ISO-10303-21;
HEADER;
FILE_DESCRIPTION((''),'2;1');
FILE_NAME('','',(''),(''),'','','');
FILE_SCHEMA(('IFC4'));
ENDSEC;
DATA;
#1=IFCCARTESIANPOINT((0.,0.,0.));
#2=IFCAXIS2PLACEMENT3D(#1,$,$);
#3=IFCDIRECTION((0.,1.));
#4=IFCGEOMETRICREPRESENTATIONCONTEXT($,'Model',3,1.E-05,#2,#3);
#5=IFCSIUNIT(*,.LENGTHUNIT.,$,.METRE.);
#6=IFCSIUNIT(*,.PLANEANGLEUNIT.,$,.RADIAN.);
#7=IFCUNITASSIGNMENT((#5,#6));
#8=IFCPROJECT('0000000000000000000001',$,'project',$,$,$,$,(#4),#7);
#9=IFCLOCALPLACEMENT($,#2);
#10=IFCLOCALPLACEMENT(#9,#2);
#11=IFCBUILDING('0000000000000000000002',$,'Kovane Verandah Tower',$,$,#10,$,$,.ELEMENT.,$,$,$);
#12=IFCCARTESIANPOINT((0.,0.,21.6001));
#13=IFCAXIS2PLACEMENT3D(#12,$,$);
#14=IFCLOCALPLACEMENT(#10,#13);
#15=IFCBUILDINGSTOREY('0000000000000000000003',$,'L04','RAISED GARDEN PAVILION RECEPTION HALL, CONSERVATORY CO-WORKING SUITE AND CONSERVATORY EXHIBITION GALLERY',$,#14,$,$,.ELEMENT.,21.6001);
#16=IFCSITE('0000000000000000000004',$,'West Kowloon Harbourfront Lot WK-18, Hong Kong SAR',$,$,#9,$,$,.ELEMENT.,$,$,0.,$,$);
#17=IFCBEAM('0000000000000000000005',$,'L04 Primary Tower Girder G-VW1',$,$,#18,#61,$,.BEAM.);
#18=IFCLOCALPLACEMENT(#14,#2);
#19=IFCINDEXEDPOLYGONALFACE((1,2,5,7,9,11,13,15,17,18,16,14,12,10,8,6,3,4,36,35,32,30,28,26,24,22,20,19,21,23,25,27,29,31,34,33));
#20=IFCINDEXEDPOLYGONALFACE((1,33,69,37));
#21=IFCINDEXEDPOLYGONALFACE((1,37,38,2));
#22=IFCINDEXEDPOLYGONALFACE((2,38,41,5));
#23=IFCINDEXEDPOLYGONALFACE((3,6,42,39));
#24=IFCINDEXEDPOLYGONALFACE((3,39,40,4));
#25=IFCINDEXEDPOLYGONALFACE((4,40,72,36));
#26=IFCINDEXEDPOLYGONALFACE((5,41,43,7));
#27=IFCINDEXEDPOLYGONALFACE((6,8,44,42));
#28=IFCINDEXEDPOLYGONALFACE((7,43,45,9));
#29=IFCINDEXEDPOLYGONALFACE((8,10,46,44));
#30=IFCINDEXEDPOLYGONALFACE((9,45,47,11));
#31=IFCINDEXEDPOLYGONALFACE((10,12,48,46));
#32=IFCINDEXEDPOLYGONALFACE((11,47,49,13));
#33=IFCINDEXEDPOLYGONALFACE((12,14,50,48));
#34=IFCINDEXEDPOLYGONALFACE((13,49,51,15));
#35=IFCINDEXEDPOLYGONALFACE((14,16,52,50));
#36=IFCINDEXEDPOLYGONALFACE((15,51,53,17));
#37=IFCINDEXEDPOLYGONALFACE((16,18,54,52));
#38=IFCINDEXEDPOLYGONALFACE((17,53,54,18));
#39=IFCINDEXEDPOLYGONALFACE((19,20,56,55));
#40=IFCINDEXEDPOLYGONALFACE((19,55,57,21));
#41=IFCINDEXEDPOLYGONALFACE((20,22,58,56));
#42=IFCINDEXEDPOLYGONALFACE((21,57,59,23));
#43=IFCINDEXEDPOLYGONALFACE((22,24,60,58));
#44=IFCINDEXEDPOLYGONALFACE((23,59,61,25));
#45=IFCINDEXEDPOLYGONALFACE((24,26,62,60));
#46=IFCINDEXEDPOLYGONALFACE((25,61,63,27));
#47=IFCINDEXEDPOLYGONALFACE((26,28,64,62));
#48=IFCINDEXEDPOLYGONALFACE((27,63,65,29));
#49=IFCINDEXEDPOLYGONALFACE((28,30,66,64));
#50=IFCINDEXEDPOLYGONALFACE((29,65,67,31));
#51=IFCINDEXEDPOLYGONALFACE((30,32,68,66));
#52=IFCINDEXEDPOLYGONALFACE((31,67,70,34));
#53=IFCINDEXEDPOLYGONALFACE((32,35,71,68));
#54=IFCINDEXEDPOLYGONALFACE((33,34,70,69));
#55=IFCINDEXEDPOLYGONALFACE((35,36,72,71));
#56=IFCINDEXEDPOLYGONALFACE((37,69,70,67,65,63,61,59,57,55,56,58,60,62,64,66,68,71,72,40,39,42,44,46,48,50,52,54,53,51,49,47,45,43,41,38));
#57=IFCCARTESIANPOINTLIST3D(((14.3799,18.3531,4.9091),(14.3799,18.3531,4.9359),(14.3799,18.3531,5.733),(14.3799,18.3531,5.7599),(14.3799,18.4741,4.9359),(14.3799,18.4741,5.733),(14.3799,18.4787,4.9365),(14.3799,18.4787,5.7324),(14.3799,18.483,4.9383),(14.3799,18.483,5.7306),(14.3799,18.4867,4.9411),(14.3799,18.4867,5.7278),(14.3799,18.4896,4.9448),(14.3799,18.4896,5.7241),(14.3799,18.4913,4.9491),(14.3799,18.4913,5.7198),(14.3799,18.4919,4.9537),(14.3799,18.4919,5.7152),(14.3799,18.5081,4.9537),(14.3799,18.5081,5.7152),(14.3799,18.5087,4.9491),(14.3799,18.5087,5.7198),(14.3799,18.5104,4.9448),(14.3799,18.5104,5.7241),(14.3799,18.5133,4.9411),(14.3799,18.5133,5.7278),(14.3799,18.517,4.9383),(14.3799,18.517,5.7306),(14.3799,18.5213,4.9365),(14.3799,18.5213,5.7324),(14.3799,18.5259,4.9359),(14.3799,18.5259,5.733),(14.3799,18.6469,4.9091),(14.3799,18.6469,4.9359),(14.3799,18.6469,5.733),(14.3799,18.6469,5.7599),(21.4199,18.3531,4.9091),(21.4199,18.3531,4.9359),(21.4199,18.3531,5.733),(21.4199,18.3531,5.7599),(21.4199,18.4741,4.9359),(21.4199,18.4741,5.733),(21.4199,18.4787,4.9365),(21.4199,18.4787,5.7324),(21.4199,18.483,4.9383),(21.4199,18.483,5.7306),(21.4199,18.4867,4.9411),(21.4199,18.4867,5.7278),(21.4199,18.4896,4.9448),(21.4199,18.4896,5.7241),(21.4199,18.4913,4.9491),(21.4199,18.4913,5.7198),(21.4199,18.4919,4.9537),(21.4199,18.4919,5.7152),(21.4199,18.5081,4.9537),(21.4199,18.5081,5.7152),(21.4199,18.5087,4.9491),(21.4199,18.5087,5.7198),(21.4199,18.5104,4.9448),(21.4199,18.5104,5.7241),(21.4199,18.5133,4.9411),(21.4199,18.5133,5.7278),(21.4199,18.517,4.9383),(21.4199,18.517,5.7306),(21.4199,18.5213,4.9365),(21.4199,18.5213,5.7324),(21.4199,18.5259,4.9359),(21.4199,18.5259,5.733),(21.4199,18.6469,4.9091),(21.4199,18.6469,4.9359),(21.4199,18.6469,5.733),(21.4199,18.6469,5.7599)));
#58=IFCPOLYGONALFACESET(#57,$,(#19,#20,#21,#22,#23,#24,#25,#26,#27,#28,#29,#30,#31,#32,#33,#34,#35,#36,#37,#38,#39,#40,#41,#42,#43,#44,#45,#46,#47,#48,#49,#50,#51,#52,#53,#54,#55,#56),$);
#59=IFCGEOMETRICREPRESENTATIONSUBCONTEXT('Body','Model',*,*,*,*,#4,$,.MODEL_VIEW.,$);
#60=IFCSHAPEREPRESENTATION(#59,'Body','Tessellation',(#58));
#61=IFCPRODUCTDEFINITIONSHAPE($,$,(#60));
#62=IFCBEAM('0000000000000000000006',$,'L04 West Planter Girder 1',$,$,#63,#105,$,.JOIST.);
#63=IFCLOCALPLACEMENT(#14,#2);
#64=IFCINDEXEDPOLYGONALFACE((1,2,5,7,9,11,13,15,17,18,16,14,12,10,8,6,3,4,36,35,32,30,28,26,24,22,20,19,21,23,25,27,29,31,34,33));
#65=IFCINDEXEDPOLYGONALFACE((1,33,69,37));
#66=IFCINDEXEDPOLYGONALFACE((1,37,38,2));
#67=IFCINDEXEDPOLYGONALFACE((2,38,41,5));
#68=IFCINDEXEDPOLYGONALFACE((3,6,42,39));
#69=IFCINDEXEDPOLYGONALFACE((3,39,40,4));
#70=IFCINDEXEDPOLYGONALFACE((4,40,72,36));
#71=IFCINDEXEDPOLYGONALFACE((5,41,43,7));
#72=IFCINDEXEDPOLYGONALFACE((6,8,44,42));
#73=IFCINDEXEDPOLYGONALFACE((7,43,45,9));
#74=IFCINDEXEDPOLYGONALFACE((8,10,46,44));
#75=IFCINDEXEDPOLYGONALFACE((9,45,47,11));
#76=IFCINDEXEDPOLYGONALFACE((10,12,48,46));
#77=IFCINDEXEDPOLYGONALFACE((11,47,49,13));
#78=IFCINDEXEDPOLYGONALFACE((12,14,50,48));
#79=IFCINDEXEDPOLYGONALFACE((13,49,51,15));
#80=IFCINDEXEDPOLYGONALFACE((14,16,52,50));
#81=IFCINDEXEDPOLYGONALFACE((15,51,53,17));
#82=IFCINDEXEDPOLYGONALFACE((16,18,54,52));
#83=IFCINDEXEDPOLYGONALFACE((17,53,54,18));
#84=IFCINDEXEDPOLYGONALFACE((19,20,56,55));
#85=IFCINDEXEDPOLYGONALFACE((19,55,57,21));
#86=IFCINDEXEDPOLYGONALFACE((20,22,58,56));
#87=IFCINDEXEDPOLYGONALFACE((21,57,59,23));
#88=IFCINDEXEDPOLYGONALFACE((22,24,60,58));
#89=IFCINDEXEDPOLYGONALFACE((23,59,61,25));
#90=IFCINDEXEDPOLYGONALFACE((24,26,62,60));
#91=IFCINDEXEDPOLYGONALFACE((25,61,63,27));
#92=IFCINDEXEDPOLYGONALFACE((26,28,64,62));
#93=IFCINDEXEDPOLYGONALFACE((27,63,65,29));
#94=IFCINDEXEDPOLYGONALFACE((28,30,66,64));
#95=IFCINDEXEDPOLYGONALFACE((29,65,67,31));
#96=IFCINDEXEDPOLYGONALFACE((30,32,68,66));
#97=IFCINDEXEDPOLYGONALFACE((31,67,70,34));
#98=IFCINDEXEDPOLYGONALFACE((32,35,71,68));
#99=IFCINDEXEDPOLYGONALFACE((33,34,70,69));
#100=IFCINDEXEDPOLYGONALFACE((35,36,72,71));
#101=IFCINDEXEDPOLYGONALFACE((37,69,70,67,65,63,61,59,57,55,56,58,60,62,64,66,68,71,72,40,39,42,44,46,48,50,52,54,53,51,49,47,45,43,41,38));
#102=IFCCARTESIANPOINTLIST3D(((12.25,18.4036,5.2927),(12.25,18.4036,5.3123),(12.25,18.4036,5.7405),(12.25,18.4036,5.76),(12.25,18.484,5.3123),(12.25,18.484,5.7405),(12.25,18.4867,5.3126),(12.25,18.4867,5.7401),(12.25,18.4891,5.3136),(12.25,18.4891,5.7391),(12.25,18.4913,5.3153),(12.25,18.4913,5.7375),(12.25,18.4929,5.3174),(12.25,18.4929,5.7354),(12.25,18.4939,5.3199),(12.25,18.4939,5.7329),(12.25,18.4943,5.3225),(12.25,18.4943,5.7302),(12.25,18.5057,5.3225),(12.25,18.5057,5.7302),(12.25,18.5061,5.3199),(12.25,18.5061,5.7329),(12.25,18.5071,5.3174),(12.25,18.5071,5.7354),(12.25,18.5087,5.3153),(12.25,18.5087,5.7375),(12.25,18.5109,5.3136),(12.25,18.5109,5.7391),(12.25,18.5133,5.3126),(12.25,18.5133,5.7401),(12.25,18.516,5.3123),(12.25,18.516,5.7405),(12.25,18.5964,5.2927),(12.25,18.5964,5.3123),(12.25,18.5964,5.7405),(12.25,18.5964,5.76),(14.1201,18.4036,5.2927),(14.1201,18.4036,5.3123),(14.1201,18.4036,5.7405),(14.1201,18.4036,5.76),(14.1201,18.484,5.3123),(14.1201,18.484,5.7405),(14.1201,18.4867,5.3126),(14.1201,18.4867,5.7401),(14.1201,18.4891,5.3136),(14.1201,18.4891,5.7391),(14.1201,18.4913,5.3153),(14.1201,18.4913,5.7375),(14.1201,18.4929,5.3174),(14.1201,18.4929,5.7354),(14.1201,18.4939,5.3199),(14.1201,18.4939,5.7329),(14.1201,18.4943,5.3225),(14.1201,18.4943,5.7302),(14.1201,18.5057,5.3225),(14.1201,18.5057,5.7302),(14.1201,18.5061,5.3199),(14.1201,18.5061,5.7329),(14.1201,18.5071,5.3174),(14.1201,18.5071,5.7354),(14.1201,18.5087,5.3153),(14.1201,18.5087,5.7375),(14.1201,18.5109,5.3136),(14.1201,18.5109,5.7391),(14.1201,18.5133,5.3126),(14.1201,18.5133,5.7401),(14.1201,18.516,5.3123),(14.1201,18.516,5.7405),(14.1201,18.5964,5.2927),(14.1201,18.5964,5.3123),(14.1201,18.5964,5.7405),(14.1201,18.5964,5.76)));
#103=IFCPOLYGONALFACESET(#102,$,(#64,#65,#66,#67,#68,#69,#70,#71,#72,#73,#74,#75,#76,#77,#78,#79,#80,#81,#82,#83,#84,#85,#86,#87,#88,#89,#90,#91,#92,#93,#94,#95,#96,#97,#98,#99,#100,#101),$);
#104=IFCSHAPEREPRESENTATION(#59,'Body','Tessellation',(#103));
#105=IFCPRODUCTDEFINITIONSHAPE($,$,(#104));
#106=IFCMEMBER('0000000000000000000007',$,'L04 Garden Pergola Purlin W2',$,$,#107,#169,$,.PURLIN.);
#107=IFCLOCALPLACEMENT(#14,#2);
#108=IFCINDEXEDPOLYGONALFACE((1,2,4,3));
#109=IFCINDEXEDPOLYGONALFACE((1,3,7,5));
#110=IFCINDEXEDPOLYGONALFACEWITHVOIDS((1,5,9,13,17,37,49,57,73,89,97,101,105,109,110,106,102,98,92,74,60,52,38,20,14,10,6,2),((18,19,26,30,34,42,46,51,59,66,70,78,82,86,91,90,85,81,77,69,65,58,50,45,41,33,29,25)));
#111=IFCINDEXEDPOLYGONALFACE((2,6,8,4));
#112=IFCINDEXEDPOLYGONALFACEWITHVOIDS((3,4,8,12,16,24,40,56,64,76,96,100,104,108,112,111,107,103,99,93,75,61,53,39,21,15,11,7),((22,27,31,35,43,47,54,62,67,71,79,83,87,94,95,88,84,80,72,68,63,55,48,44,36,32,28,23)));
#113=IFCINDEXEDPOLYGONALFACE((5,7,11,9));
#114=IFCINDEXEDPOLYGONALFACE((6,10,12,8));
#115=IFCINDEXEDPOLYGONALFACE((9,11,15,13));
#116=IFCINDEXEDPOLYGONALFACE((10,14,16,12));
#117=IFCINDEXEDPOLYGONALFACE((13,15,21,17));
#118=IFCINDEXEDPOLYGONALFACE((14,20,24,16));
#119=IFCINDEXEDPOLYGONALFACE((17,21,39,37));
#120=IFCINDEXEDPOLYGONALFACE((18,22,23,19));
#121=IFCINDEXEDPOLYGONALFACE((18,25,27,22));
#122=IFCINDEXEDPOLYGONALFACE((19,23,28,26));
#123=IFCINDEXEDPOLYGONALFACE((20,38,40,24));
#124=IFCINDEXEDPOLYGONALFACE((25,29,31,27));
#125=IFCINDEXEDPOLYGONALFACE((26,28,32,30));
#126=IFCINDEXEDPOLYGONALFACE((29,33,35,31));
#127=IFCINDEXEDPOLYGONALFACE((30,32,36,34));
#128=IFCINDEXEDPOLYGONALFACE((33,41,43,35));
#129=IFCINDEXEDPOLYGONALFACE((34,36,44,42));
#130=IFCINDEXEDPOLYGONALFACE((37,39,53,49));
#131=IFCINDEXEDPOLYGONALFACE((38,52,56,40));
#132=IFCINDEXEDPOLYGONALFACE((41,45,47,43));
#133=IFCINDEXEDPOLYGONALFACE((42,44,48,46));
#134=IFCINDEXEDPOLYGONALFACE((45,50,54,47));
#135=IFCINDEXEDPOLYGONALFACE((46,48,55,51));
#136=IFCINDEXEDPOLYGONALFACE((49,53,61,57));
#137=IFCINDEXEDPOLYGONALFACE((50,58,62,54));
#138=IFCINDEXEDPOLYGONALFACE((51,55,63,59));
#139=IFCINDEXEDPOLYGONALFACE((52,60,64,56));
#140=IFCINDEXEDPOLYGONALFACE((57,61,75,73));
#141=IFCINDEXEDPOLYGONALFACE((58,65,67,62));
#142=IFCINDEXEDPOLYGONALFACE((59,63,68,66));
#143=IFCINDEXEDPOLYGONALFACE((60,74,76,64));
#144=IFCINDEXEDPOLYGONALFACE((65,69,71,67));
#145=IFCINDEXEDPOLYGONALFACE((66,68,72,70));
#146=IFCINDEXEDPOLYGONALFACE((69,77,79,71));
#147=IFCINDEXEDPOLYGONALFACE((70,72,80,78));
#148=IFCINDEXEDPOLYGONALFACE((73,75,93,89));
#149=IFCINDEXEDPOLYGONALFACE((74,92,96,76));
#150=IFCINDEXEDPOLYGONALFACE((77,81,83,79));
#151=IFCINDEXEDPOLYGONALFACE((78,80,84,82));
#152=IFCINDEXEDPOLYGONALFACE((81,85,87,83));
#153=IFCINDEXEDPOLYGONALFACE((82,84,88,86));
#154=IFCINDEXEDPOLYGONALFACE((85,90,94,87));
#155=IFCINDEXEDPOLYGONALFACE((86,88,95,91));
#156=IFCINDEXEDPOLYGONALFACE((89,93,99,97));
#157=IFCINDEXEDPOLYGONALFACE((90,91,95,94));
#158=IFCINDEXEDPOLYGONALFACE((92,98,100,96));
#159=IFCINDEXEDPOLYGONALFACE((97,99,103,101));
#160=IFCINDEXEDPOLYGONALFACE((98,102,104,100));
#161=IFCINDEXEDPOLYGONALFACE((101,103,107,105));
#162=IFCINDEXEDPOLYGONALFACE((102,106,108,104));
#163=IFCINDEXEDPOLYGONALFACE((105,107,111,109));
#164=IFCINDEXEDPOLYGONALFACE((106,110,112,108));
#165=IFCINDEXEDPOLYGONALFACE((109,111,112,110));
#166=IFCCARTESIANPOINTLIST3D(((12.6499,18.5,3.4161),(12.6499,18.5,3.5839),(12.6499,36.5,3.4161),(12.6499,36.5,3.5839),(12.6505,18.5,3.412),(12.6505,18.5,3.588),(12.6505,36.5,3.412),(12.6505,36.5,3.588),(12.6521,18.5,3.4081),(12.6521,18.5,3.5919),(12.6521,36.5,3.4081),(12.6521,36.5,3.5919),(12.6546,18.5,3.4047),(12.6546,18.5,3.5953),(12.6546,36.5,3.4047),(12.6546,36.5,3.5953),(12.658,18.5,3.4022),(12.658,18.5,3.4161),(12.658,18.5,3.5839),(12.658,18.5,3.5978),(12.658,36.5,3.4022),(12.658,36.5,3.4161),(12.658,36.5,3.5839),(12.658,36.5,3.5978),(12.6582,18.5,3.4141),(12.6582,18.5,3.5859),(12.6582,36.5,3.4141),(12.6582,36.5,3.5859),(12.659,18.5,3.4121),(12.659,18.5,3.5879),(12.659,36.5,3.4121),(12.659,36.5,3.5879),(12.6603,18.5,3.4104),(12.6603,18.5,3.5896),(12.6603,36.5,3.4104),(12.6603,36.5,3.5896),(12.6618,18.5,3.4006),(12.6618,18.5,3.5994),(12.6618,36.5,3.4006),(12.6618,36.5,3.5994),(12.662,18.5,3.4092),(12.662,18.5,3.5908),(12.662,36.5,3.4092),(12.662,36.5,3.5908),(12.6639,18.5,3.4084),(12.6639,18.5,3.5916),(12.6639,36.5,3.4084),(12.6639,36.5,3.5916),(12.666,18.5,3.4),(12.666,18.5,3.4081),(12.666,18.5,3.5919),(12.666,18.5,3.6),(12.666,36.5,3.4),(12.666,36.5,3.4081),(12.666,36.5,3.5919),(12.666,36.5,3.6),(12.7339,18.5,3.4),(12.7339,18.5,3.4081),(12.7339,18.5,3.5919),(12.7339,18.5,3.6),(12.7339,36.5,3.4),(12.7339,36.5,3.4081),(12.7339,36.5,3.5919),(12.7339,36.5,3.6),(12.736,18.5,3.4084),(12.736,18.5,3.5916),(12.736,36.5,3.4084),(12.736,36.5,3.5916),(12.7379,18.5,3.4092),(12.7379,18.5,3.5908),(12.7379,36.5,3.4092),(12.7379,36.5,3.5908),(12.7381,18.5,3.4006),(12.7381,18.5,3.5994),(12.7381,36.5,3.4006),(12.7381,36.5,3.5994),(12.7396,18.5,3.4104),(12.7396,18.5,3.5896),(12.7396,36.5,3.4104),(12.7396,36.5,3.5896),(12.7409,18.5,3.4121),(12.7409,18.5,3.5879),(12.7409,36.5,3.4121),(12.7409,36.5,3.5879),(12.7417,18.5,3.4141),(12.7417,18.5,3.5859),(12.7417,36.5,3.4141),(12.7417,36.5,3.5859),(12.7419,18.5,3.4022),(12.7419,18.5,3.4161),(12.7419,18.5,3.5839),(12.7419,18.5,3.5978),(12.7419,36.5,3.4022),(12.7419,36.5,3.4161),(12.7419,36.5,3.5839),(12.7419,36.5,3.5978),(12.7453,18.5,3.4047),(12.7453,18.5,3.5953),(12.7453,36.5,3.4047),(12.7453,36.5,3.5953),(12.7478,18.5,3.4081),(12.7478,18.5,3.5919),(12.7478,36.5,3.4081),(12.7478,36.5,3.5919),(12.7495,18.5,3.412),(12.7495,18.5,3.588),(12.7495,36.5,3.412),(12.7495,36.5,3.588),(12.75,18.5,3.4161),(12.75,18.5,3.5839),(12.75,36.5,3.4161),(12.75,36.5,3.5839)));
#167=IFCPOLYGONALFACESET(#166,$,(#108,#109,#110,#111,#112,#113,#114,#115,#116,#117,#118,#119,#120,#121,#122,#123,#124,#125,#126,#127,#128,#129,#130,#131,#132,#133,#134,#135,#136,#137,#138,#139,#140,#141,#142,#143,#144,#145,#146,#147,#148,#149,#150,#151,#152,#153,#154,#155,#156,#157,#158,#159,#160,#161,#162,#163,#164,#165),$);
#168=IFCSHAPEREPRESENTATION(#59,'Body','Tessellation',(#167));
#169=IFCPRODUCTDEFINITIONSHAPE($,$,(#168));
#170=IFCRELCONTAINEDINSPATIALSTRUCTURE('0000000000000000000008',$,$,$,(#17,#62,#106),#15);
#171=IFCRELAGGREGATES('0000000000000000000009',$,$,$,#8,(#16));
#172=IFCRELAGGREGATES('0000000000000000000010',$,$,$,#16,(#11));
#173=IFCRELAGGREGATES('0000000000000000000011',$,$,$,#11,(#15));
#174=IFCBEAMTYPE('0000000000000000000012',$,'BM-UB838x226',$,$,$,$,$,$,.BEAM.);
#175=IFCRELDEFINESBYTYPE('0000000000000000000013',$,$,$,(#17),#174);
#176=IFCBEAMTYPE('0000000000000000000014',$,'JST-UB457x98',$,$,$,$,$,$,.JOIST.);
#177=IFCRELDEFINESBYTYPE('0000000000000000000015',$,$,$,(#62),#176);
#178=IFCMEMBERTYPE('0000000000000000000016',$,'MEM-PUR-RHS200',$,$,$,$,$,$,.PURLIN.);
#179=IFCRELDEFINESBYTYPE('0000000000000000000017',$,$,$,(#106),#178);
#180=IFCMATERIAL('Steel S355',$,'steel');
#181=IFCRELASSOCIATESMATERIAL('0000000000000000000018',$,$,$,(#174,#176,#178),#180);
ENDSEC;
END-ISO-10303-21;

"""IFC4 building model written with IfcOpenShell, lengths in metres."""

from ifc_helpers import new_model, si_unit, direction, frame, origin, origin_2d, place, context, subcontext, project, spatial, hollow_rectangle, i_section, extrude, material, material_profile, profile_set, type_object, element, save


model = new_model("IFC4")

# Units and contexts
model_context = context("Model", 3, precision=1e-05, world=origin(), true_north=direction((0.0, 1.0)))
body_context = subcontext(model_context, "Body", "Model", "MODEL_VIEW")
ifc_project = project(units=[si_unit("LENGTHUNIT", "METRE"), si_unit("PLANEANGLEUNIT", "RADIAN")], contexts=[model_context])

# Site, building, storey
site_placement = place(None, origin())
site = spatial("IfcSite", under=ifc_project, at=site_placement, Name="West Kowloon Harbourfront Lot WK-18, Hong Kong SAR", CompositionType="ELEMENT", RefElevation=0.0)
building_placement = place(site_placement, origin())
building = spatial("IfcBuilding", under=site, at=building_placement, Name="Kovane Verandah Tower", CompositionType="ELEMENT")
storey_placement = place(building_placement, frame((0.0, 0.0, 21.6001)))
storey = spatial("IfcBuildingStorey", under=building, at=storey_placement, Name="L04", Description="RAISED GARDEN PAVILION RECEPTION HALL, CONSERVATORY CO-WORKING SUITE AND CONSERVATORY EXHIBITION GALLERY", CompositionType="ELEMENT", Elevation=21.6001)

# Beams
ifc_material_1 = material(Name="Steel S355", Category="steel")
ifc_material_profile_1 = material_profile(ifc_material_1, i_section(OverallWidth=0.2937, OverallDepth=0.8508, WebThickness=0.0161, FlangeThickness=0.0269, FilletRadius=0.0178, at=origin_2d()), Name="UB838x292x226")
ifc_profile_set_1 = profile_set([ifc_material_profile_1], Name="Steel S355")
beam_type_1 = type_object("IfcBeamType", Name="BM-UB838x226", PredefinedType="BEAM", material=ifc_profile_set_1)
beam_1_placement = place(storey_placement, frame((21.4199, 18.5, 5.3345), z_axis=(-1.0, 0.0, 0.0), x_axis=(0.0, -1.0, 0.0)))
element("IfcBeam", 1, at=beam_1_placement, inside=storey, type_object=beam_type_1, Name="L04 Primary Tower Girder G-VW1", PredefinedType="BEAM", context=body_context, shape_type="SweptSolid", body=[
    extrude(i_section(OverallWidth=0.2937, OverallDepth=0.8508, WebThickness=0.0161, FlangeThickness=0.0269, FilletRadius=0.0178, at=origin_2d()), origin(), (0.0, 0.0, 1.0), 7.04),
])
ifc_material_profile_2 = material_profile(ifc_material_1, i_section(OverallWidth=0.1929, OverallDepth=0.4673, WebThickness=0.0115, FlangeThickness=0.0195, FilletRadius=0.0103, at=origin_2d()), Name="UB457x191x98")
ifc_profile_set_2 = profile_set([ifc_material_profile_2], Name="Steel S355")
beam_type_2 = type_object("IfcBeamType", Name="JST-UB457x98", PredefinedType="JOIST", material=ifc_profile_set_2)
beam_2_placement = place(storey_placement, frame((14.1201, 18.5, 5.5264), z_axis=(-1.0, 0.0, 0.0), x_axis=(0.0, -1.0, 0.0)))
element("IfcBeam", 2, at=beam_2_placement, inside=storey, type_object=beam_type_2, Name="L04 West Planter Girder 1", PredefinedType="JOIST", context=body_context, shape_type="SweptSolid", body=[
    extrude(i_section(OverallWidth=0.1929, OverallDepth=0.4673, WebThickness=0.0115, FlangeThickness=0.0195, FilletRadius=0.0103, at=origin_2d()), origin(), (0.0, 0.0, 1.0), 1.8701),
])

# Member
ifc_material_profile_3 = material_profile(ifc_material_1, hollow_rectangle(XDim=0.1001, YDim=0.2, WallThickness=0.0081, InnerFilletRadius=0.0081, OuterFilletRadius=0.0161, at=origin_2d()), Name="RHS200x100x8")
ifc_profile_set_3 = profile_set([ifc_material_profile_3], Name="Steel S355")
member_type_1 = type_object("IfcMemberType", Name="MEM-PUR-RHS200", PredefinedType="PURLIN", material=ifc_profile_set_3)
member_1_placement = place(storey_placement, frame((12.7, 18.5, 3.5), z_axis=(0.0, 1.0, 0.0), x_axis=(-1.0, 0.0, 0.0)))
element("IfcMember", 3, at=member_1_placement, inside=storey, type_object=member_type_1, Name="L04 Garden Pergola Purlin W2", PredefinedType="PURLIN", context=body_context, shape_type="SweptSolid", body=[
    extrude(hollow_rectangle(XDim=0.1001, YDim=0.2, WallThickness=0.0081, InnerFilletRadius=0.0081, OuterFilletRadius=0.0161, at=origin_2d()), origin(), (0.0, 0.0, 1.0), 18.0),
])

save(model, "model.ifc")
